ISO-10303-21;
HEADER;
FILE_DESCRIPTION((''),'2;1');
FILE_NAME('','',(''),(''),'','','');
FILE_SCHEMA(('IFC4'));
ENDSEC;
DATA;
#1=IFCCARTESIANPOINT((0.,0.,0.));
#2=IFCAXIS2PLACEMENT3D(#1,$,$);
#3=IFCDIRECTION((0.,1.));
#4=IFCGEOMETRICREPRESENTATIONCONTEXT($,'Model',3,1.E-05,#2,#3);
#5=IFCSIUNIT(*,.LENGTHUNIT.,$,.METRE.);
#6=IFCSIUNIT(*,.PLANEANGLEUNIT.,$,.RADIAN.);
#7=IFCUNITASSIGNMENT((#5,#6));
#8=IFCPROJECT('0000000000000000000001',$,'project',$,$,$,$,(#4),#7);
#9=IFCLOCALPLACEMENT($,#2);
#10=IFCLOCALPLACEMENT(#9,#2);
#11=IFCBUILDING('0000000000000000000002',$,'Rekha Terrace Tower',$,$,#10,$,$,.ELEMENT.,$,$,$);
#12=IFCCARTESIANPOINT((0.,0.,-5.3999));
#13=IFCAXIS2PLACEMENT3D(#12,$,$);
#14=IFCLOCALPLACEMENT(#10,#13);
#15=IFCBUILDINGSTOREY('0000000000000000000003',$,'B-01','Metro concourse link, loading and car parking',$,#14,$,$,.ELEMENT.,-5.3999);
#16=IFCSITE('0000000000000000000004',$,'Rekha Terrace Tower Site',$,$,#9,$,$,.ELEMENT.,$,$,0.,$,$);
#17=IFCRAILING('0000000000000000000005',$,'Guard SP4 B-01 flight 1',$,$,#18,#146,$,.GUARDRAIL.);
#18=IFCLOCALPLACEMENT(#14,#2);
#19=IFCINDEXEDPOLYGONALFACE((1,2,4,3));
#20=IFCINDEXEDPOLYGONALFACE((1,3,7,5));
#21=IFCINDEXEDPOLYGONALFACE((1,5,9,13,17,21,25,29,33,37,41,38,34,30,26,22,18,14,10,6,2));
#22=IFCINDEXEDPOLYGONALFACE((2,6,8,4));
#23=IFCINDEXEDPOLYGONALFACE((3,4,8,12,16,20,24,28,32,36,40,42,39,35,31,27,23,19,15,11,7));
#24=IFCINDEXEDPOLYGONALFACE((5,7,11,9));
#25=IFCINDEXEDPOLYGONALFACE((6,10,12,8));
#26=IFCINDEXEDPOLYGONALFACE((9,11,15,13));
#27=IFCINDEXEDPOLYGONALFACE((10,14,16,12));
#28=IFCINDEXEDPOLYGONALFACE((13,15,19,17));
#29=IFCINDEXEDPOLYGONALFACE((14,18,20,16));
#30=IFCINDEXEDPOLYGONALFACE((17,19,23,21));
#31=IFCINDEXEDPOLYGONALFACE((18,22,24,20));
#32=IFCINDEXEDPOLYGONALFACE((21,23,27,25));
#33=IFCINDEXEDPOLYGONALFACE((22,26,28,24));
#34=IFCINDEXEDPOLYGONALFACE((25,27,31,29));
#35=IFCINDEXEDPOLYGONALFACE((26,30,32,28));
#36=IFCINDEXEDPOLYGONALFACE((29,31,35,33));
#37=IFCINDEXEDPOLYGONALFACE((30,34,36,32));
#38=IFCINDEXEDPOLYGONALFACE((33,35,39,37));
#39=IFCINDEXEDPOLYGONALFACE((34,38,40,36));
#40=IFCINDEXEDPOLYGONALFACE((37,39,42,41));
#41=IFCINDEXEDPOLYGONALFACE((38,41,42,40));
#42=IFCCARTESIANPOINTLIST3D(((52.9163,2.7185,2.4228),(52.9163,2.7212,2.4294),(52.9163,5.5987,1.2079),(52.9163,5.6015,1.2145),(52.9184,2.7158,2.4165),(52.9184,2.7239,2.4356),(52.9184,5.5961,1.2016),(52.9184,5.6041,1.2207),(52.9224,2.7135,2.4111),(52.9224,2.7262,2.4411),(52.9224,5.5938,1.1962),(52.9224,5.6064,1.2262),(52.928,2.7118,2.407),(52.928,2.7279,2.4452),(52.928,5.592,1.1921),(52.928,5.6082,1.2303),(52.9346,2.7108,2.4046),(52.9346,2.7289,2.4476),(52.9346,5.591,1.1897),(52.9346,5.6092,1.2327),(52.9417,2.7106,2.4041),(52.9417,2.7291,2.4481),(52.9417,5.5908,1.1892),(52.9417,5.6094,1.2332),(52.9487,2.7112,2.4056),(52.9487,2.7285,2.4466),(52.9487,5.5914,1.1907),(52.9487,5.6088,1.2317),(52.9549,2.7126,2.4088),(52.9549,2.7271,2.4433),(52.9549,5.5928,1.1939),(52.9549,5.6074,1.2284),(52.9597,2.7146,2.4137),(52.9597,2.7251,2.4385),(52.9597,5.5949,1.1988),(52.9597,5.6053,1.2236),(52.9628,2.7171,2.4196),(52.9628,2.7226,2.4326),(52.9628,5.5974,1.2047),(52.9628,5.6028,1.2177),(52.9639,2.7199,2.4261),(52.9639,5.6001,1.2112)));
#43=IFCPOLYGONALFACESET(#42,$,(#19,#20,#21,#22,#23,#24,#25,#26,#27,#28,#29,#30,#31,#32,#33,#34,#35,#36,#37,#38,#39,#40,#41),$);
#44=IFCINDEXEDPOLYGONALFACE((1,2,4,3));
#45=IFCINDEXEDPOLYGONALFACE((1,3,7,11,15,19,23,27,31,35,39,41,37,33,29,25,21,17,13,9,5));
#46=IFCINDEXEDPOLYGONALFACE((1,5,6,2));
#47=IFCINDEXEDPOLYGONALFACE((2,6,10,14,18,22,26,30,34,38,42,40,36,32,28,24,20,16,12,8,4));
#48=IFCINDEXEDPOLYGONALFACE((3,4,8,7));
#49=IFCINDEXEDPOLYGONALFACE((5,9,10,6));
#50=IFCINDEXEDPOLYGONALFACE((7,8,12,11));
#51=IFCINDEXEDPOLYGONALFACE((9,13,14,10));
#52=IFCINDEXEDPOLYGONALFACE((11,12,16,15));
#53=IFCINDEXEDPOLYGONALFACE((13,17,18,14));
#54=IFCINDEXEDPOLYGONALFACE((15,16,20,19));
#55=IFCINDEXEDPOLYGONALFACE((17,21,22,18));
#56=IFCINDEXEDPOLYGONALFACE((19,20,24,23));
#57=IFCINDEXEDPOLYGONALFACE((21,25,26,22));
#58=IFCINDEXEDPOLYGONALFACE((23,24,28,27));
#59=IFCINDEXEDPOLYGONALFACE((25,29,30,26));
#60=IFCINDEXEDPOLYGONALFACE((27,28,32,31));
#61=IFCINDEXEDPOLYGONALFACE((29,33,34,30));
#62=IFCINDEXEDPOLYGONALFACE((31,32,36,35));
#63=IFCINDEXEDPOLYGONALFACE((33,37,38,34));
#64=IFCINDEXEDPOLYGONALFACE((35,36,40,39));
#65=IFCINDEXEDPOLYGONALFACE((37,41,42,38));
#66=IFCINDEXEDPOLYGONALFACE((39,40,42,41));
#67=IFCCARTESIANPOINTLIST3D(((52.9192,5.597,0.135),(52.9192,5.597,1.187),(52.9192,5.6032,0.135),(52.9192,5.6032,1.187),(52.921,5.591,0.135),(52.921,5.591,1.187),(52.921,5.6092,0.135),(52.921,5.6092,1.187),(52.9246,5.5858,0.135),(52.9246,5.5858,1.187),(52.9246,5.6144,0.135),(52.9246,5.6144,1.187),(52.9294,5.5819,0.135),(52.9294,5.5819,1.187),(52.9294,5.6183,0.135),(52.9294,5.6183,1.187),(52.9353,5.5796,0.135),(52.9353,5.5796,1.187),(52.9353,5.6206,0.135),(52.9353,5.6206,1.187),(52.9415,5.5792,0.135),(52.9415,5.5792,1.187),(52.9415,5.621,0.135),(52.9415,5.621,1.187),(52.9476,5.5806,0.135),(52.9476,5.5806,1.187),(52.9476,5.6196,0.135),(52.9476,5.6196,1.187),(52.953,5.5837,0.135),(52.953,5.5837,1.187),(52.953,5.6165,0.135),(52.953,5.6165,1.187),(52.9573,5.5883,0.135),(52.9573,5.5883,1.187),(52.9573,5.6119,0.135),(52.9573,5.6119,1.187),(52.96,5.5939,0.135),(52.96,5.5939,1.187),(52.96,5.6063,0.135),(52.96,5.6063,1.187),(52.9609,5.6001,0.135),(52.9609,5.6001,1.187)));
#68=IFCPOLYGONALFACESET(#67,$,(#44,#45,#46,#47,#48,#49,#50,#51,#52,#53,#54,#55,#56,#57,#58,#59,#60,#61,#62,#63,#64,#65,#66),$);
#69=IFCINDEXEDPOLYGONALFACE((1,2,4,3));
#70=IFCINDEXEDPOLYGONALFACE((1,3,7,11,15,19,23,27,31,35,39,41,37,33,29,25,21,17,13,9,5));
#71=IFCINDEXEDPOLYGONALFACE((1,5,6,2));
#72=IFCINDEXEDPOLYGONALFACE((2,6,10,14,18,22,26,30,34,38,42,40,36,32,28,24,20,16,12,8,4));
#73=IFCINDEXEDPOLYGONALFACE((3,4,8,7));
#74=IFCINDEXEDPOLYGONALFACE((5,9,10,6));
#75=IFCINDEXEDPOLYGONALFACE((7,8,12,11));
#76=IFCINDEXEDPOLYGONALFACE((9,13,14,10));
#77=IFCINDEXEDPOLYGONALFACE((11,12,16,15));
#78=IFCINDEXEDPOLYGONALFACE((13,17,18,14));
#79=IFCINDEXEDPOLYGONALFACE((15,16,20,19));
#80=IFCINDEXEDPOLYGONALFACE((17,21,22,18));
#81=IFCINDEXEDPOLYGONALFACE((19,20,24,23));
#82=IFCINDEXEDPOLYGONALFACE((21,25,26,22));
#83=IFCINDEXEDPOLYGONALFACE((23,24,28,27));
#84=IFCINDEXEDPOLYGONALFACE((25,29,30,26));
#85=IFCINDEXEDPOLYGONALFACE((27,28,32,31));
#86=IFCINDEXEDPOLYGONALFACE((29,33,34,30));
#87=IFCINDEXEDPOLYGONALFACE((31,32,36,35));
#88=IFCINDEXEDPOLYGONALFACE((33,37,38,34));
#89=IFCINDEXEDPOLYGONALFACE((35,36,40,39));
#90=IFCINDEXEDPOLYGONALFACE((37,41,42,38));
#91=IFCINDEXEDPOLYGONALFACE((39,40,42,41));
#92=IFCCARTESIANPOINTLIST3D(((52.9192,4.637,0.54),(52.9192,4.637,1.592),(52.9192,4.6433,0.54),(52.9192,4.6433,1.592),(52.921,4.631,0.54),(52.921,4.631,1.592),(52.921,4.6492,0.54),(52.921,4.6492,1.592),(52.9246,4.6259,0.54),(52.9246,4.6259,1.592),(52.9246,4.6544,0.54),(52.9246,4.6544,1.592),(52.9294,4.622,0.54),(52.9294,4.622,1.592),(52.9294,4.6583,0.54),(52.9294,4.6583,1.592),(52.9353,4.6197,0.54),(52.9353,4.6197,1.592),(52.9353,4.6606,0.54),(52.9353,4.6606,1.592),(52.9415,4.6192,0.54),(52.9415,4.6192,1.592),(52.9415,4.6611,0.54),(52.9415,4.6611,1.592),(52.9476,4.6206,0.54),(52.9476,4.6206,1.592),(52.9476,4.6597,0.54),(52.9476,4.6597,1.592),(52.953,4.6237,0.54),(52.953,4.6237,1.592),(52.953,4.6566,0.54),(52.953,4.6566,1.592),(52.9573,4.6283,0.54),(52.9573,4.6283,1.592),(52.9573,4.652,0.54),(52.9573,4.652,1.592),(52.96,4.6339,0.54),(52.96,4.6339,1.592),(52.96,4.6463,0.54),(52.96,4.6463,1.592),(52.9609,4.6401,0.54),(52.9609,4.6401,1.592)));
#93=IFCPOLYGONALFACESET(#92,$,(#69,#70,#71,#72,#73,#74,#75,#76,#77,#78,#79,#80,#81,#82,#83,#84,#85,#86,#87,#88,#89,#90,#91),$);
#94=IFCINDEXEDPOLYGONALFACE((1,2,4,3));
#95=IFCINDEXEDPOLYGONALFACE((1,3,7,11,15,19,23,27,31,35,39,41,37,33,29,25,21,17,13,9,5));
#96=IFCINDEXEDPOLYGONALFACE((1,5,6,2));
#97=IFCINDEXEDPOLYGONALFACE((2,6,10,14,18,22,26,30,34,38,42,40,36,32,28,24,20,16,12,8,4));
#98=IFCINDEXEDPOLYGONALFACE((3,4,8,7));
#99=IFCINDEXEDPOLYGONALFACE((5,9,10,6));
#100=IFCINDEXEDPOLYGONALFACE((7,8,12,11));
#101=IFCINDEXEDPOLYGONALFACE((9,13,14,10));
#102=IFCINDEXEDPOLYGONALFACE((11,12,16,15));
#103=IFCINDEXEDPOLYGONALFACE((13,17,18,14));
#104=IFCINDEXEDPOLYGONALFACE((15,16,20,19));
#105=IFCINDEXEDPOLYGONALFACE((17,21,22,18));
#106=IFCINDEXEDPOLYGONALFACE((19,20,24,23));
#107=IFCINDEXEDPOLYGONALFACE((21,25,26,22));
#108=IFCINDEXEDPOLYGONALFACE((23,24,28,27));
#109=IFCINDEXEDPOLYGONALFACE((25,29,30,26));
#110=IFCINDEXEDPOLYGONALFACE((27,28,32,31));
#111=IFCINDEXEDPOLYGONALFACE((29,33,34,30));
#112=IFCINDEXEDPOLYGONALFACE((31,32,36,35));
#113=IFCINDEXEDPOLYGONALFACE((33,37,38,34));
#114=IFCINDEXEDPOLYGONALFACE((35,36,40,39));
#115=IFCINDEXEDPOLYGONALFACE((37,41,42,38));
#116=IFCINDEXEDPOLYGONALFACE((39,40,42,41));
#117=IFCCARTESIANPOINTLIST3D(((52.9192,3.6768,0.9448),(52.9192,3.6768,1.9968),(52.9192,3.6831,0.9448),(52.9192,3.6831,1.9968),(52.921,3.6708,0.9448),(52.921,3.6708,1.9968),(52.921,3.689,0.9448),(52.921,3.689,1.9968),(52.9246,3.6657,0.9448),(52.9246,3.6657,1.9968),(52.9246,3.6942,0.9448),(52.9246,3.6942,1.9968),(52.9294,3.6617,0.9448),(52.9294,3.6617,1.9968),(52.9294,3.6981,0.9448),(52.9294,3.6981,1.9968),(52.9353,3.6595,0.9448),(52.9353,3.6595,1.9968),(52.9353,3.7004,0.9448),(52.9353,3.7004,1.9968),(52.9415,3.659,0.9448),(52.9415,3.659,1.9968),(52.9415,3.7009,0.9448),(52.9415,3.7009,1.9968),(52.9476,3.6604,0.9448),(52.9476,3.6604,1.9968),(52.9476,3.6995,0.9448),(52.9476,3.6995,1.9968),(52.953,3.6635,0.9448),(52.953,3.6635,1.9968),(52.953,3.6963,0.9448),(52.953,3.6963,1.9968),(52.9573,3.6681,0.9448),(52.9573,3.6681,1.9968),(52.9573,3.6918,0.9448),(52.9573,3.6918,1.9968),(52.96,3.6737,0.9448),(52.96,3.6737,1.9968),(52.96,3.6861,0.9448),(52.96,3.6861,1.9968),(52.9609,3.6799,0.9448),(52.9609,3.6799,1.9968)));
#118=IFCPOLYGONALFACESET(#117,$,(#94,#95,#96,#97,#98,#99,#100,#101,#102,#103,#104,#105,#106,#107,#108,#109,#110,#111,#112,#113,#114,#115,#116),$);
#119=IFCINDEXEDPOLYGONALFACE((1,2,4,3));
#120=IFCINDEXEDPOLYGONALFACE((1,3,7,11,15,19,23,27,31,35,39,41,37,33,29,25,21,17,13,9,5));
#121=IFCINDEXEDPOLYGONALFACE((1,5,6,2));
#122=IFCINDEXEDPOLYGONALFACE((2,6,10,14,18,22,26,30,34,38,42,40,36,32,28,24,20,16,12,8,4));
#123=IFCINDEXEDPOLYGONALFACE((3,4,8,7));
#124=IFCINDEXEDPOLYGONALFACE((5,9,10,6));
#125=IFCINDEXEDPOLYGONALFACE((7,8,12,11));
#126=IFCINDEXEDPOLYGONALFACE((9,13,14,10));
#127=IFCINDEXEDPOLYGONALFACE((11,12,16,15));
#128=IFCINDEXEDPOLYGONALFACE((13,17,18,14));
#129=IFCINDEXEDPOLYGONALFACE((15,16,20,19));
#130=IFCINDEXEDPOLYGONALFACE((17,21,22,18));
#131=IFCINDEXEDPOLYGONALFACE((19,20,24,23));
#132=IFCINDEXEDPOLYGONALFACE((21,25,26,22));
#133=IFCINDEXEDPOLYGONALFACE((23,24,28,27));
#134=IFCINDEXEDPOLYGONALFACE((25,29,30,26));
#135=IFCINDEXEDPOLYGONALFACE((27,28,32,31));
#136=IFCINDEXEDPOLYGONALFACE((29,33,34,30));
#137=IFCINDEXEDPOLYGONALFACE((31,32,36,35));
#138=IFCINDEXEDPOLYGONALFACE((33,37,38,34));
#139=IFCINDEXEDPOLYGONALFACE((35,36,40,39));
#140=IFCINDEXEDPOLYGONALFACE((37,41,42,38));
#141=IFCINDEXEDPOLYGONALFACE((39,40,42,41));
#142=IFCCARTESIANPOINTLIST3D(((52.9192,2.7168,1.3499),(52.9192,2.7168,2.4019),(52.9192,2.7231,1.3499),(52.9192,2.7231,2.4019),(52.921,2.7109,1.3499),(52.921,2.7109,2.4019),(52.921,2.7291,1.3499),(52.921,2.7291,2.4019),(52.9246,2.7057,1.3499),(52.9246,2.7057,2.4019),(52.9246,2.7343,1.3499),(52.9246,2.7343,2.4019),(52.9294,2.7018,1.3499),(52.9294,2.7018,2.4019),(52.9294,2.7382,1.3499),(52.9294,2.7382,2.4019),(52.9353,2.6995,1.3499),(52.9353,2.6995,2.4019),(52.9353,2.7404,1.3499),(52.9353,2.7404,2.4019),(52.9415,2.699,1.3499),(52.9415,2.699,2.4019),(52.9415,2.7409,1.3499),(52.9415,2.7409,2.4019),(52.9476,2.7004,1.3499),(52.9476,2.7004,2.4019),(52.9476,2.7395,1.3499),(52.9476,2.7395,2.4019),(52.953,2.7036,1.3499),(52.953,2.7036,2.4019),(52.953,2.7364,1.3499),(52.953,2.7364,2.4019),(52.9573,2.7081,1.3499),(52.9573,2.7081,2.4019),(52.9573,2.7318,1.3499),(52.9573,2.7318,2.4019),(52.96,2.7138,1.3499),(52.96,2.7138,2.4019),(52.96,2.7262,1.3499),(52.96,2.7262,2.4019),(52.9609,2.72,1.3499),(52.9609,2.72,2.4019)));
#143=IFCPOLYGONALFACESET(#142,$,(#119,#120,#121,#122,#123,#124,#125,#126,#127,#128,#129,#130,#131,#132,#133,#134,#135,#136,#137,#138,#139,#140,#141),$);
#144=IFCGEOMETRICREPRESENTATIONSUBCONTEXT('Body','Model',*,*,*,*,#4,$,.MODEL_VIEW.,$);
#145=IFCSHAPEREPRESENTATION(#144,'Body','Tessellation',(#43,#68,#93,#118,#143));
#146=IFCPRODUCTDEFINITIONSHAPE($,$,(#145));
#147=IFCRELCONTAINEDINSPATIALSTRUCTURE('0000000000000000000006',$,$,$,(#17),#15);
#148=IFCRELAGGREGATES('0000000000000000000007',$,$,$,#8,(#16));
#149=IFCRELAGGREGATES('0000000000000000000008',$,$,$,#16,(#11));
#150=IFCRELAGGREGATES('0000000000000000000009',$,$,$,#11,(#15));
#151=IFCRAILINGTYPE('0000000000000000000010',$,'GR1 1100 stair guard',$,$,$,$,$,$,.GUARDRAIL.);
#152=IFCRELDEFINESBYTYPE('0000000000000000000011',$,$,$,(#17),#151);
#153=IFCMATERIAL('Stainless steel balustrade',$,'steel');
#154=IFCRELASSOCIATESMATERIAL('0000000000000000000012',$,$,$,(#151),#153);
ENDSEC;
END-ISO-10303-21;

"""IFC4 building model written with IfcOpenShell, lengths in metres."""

from ifc_helpers import new_model, si_unit, direction, frame, origin, origin_2d, place, context, subcontext, project, spatial, circle, extrude, material, type_object, element, save


model = new_model("IFC4")

# Units and contexts
model_context = context("Model", 3, precision=1e-05, world=origin(), true_north=direction((0.0, 1.0)))
body_context = subcontext(model_context, "Body", "Model", "MODEL_VIEW")
ifc_project = project(units=[si_unit("LENGTHUNIT", "METRE"), si_unit("PLANEANGLEUNIT", "RADIAN")], contexts=[model_context])

# Site, building, storey
site_placement = place(None, origin())
site = spatial("IfcSite", under=ifc_project, at=site_placement, Name="Rekha Terrace Tower Site", CompositionType="ELEMENT", RefElevation=0.0)
building_placement = place(site_placement, origin())
building = spatial("IfcBuilding", under=site, at=building_placement, Name="Rekha Terrace Tower", CompositionType="ELEMENT")
storey_placement = place(building_placement, frame((0.0, 0.0, -5.3999)))
storey = spatial("IfcBuildingStorey", under=building, at=storey_placement, Name="B-01", Description="Metro concourse link, loading and car parking", CompositionType="ELEMENT", Elevation=-5.3999)

# Railing
ifc_material_1 = material(Name="Stainless steel balustrade", Category="steel")
railing_type_1 = type_object("IfcRailingType", Name="GR1 1100 stair guard", PredefinedType="GUARDRAIL", material=ifc_material_1)
railing_1_placement = place(storey_placement, frame((52.9399, 5.6001, 0.135)))
element("IfcRailing", 1, at=railing_1_placement, inside=storey, type_object=railing_type_1, Name="Guard SP4 B-01 flight 1", PredefinedType="GUARDRAIL", context=body_context, shape_type="SweptSolid", body=[
    extrude(circle(Radius=0.0239, at=origin_2d()), frame((0.0, 0.0, 1.0762), z_axis=(0.0, -0.921388, 0.388644), x_axis=(1.0, 0.0, 0.0)), (0.0, 0.0, 1.0), 3.126),
    extrude(circle(Radius=0.021, at=origin_2d()), origin(), (0.0, 0.0, 1.0), 1.052),
    extrude(circle(Radius=0.021, at=origin_2d()), frame((0.0, -0.96, 0.405)), (0.0, 0.0, 1.0), 1.052),
    extrude(circle(Radius=0.021, at=origin_2d()), frame((0.0, -1.9202, 0.8098)), (0.0, 0.0, 1.0), 1.052),
    extrude(circle(Radius=0.021, at=origin_2d()), frame((0.0, -2.8801, 1.2148)), (0.0, 0.0, 1.0), 1.052),
])

save(model, "model.ifc")
